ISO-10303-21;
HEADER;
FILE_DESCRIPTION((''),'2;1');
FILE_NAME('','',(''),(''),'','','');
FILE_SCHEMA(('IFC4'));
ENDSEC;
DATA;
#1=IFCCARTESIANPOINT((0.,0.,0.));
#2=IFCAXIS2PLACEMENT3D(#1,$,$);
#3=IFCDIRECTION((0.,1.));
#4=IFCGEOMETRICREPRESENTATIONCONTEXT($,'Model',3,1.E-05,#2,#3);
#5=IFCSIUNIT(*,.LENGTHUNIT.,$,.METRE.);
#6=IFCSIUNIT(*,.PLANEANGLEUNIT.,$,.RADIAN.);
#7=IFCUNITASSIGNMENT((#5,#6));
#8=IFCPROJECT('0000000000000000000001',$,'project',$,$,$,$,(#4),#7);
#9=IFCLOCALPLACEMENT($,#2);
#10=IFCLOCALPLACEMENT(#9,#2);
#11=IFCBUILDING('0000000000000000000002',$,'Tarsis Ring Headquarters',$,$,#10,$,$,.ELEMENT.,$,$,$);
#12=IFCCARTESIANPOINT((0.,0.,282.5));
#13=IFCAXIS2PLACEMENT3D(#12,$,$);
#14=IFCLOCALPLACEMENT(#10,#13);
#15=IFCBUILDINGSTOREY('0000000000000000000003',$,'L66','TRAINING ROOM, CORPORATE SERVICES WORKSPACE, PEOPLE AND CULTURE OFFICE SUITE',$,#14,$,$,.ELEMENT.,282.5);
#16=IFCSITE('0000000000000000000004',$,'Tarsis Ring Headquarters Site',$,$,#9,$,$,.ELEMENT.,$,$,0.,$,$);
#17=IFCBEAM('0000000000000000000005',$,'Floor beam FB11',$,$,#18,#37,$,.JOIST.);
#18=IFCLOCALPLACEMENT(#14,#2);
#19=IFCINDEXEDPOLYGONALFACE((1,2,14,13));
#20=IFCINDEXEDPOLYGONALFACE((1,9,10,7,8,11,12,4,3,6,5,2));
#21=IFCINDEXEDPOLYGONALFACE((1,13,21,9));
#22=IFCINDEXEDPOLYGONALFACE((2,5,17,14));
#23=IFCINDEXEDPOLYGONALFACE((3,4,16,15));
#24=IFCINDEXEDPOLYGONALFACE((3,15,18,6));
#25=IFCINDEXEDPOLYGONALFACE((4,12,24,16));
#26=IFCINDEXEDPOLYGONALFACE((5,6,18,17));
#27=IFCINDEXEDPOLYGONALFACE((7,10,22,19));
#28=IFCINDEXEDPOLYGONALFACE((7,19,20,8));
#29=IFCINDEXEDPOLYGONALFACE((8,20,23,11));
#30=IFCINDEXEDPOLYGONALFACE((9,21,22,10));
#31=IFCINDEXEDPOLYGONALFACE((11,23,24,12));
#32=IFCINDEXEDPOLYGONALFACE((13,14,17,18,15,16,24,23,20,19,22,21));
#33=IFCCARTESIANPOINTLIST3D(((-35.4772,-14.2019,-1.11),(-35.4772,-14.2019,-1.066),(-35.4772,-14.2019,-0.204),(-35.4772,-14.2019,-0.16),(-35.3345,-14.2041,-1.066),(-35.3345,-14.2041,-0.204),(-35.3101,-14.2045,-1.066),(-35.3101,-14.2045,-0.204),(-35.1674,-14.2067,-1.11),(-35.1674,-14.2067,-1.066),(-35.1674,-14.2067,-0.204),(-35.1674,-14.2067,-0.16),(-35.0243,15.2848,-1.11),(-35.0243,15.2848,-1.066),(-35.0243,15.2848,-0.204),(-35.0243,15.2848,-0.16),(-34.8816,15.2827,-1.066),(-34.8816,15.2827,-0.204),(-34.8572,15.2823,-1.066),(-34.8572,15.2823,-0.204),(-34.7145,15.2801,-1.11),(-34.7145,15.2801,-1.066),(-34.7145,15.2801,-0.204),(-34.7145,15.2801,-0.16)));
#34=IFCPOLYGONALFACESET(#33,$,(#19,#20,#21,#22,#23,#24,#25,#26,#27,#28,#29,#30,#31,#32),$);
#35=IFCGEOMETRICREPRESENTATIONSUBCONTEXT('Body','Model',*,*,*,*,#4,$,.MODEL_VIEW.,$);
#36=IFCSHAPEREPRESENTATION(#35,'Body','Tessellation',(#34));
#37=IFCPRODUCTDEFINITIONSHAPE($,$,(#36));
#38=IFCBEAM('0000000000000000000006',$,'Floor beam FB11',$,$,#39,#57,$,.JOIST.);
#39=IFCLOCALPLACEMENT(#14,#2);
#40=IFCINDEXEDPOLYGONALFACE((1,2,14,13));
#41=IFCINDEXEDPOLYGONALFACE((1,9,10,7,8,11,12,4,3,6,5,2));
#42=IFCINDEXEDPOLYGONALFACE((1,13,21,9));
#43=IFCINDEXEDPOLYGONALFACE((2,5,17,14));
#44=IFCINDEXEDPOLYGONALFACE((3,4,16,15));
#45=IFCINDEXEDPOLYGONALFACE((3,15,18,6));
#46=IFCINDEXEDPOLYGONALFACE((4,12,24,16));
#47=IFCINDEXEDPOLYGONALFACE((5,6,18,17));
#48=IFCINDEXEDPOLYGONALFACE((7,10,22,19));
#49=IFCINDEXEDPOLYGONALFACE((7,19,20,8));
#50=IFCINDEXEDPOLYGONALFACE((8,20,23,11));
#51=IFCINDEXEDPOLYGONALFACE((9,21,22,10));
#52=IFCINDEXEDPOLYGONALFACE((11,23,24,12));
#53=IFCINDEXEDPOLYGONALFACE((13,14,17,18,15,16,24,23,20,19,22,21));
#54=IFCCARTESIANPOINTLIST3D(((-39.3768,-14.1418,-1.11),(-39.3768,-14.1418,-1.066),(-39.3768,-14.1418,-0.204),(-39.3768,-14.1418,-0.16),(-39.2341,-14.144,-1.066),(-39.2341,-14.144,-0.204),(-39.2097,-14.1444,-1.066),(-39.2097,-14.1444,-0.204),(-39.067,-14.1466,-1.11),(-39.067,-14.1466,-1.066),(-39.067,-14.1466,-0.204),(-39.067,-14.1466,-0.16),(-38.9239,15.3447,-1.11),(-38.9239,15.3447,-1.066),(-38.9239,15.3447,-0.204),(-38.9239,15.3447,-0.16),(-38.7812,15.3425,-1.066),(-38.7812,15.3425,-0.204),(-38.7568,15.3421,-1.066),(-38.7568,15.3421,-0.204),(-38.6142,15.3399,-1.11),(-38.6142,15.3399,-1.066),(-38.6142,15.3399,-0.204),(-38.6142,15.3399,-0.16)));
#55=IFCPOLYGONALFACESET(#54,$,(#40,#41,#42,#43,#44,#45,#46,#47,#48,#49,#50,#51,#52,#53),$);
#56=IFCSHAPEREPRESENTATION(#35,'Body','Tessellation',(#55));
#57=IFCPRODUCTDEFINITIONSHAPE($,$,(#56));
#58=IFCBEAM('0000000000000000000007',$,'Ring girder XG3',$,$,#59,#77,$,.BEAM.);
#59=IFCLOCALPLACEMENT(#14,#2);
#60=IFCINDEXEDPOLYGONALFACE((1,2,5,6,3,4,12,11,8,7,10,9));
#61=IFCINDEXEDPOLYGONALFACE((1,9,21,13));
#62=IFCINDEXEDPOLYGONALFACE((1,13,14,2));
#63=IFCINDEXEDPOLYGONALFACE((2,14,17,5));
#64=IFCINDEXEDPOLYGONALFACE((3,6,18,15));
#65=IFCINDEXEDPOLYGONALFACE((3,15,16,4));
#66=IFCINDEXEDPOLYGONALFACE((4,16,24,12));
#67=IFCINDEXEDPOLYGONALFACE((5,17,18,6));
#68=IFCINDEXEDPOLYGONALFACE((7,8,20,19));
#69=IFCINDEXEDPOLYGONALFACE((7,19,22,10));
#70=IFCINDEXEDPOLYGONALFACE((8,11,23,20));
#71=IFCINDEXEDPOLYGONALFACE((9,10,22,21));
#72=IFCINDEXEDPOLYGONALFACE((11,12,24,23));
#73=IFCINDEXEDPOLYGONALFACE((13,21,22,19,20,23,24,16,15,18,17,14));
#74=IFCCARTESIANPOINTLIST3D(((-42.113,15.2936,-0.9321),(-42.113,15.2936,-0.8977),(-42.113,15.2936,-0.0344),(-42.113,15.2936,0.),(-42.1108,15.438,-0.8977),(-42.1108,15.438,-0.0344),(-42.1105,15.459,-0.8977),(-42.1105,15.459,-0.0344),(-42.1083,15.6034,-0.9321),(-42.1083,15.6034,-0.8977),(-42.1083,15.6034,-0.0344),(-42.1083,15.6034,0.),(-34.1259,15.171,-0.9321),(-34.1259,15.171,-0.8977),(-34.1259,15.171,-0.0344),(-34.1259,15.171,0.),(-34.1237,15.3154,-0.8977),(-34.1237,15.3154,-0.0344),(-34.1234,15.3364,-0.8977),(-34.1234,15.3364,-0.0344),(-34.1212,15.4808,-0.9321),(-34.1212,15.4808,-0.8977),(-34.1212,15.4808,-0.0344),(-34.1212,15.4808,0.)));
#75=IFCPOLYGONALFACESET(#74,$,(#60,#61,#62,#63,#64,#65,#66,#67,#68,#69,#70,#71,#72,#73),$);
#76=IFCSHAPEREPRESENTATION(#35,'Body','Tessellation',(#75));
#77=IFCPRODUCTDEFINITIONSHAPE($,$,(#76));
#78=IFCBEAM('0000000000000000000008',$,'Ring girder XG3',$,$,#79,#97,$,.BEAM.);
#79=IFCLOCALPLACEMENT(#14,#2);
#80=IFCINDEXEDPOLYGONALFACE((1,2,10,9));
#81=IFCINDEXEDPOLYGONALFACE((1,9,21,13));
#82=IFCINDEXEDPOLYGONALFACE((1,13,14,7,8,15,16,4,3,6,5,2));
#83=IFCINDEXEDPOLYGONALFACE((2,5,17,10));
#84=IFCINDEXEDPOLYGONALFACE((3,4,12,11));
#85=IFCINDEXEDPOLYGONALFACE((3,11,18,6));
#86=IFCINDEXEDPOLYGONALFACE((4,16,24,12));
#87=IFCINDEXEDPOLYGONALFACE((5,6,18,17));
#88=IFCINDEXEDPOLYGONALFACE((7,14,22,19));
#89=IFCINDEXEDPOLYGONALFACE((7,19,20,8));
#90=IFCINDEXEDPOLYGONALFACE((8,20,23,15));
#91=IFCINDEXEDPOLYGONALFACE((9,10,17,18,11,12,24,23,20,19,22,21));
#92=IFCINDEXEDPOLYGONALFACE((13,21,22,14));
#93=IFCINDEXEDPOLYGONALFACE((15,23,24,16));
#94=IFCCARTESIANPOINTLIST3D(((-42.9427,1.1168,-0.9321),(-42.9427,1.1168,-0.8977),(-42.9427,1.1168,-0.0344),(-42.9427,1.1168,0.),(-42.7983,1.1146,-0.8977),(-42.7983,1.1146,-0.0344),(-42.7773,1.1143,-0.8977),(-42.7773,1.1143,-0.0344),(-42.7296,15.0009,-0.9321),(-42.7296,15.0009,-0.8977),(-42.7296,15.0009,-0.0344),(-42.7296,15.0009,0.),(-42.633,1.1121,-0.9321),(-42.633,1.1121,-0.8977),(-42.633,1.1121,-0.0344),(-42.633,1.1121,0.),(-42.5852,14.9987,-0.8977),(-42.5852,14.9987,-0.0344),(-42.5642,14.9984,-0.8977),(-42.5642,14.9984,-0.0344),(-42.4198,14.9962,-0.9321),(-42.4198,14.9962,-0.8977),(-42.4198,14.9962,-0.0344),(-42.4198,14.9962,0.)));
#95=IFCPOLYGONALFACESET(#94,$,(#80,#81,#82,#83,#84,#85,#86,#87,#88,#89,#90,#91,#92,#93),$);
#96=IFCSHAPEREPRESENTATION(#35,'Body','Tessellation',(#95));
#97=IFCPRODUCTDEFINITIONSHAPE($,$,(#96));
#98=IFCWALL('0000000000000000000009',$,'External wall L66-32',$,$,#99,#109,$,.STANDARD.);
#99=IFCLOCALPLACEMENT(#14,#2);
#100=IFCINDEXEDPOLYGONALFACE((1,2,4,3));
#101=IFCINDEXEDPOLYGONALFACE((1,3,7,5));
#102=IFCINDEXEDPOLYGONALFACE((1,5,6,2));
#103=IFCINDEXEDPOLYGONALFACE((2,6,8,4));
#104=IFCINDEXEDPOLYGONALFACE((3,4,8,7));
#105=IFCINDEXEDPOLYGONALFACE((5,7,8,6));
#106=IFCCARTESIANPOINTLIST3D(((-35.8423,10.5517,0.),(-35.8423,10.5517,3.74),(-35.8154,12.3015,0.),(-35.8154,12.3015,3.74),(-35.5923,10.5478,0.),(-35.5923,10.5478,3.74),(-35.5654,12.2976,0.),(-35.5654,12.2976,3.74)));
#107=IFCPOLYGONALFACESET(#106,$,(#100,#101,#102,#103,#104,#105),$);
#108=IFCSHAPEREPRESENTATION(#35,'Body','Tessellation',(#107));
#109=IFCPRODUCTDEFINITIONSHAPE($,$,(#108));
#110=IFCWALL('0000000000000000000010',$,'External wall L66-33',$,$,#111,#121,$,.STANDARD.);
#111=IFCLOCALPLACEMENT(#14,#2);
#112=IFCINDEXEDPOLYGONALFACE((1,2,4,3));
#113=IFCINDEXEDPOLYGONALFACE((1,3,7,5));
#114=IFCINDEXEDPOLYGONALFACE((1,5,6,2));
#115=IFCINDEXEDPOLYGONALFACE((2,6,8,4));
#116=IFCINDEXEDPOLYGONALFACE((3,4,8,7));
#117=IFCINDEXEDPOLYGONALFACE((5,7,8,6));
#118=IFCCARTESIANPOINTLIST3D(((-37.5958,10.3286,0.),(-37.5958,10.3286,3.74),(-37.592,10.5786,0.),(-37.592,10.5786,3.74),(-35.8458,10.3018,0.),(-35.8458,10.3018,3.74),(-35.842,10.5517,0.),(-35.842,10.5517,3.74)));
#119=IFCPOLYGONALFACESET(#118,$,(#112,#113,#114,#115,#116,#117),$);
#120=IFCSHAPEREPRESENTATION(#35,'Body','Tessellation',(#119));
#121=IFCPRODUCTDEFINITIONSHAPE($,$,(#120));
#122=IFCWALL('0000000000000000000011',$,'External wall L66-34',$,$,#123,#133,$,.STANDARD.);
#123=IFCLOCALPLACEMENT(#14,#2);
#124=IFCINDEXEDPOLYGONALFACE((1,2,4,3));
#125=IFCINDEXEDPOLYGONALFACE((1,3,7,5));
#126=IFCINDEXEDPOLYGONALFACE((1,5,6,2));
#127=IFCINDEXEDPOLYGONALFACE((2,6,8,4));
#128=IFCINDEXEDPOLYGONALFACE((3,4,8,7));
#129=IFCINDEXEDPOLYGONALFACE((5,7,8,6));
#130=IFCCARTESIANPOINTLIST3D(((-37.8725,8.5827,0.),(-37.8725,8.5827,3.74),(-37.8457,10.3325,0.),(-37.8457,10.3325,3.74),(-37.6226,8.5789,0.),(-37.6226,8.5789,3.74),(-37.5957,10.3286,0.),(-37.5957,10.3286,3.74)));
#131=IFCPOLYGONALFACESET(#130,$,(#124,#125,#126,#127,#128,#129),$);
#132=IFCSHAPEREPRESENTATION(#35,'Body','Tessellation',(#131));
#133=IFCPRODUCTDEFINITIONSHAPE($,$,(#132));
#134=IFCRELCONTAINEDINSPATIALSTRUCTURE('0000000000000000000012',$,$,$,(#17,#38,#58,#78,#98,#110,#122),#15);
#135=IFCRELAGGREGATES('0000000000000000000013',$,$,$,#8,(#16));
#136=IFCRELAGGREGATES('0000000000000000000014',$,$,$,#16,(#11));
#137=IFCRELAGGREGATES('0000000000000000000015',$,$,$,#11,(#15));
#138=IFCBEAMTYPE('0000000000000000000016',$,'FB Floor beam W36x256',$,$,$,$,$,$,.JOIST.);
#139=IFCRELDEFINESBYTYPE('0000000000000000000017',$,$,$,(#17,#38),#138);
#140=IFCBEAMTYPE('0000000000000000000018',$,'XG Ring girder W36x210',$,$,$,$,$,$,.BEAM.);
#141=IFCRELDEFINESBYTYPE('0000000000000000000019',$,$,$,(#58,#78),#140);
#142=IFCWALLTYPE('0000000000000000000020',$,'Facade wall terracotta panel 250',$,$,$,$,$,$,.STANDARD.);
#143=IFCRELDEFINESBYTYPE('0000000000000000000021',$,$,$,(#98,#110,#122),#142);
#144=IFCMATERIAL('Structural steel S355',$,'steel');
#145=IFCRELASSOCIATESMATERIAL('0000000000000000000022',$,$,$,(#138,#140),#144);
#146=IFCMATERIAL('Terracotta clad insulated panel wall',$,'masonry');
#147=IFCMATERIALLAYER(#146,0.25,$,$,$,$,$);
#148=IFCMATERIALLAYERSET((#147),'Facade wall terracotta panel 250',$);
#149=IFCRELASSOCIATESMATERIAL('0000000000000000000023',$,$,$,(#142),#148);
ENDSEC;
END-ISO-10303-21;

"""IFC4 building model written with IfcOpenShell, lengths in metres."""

from ifc_helpers import new_model, si_unit, direction, frame, frame_2d, origin, origin_2d, place, context, subcontext, project, spatial, rectangle, i_section, extrude, material, layer, layer_set, material_profile, profile_set, type_object, element, save


model = new_model("IFC4")

# Units and contexts
model_context = context("Model", 3, precision=1e-05, world=origin(), true_north=direction((0.0, 1.0)))
body_context = subcontext(model_context, "Body", "Model", "MODEL_VIEW")
ifc_project = project(units=[si_unit("LENGTHUNIT", "METRE"), si_unit("PLANEANGLEUNIT", "RADIAN")], contexts=[model_context])

# Site, building, storey
site_placement = place(None, origin())
site = spatial("IfcSite", under=ifc_project, at=site_placement, Name="Tarsis Ring Headquarters Site", CompositionType="ELEMENT", RefElevation=0.0)
building_placement = place(site_placement, origin())
building = spatial("IfcBuilding", under=site, at=building_placement, Name="Tarsis Ring Headquarters", CompositionType="ELEMENT")
storey_placement = place(building_placement, frame((0.0, 0.0, 282.5)))
storey = spatial("IfcBuildingStorey", under=building, at=storey_placement, Name="L66", Description="TRAINING ROOM, CORPORATE SERVICES WORKSPACE, PEOPLE AND CULTURE OFFICE SUITE", CompositionType="ELEMENT", Elevation=282.5)

# Shared definitions
ifc_material_1 = material(Name="Structural steel S355", Category="steel")

# Beams
ifc_material_profile_1 = material_profile(ifc_material_1, i_section(OverallWidth=0.3098, OverallDepth=0.95, WebThickness=0.0244, FlangeThickness=0.0439, at=origin_2d()), Name="W36x256")
ifc_profile_set_1 = profile_set([ifc_material_profile_1], Name="Structural steel S355")
beam_type_1 = type_object("IfcBeamType", Name="FB Floor beam W36x256", PredefinedType="JOIST", material=ifc_profile_set_1)
beam_1_placement = place(storey_placement, frame((-34.8694, 15.2825, -0.635), z_axis=(-0.015357, -0.999882, 0.0), x_axis=(0.999882, -0.015357, 0.0)))
element("IfcBeam", 1, at=beam_1_placement, inside=storey, type_object=beam_type_1, Name="Floor beam FB11", PredefinedType="JOIST", context=body_context, shape_type="SweptSolid", body=[
    extrude(i_section(OverallWidth=0.3098, OverallDepth=0.95, WebThickness=0.0244, FlangeThickness=0.0439, at=origin_2d()), origin(), (0.0, 0.0, 1.0), 29.4902),
])
beam_2_placement = place(storey_placement, frame((-38.769, 15.3423, -0.635), z_axis=(-0.015357, -0.999882, 0.0), x_axis=(0.999882, -0.015357, 0.0)))
element("IfcBeam", 2, at=beam_2_placement, inside=storey, type_object=beam_type_1, Name="Floor beam FB11", PredefinedType="JOIST", context=body_context, shape_type="SweptSolid", body=[
    extrude(i_section(OverallWidth=0.3098, OverallDepth=0.95, WebThickness=0.0244, FlangeThickness=0.0439, at=origin_2d()), origin(), (0.0, 0.0, 1.0), 29.49),
])
ifc_material_profile_2 = material_profile(ifc_material_1, i_section(OverallWidth=0.3098, OverallDepth=0.9321, WebThickness=0.021, FlangeThickness=0.0344, at=origin_2d()), Name="W36x210")
ifc_profile_set_2 = profile_set([ifc_material_profile_2], Name="Structural steel S355")
beam_type_2 = type_object("IfcBeamType", Name="XG Ring girder W36x210", PredefinedType="BEAM", material=ifc_profile_set_2)
beam_3_placement = place(storey_placement, frame((-34.1235, 15.3259, -0.4661), z_axis=(-0.999882, 0.015343, 0.0), x_axis=(-0.015343, -0.999882, 0.0)))
element("IfcBeam", 3, at=beam_3_placement, inside=storey, type_object=beam_type_2, Name="Ring girder XG3", PredefinedType="BEAM", context=body_context, shape_type="SweptSolid", body=[
    extrude(i_section(OverallWidth=0.3098, OverallDepth=0.9321, WebThickness=0.021, FlangeThickness=0.0344, at=origin_2d()), origin(), (0.0, 0.0, 1.0), 7.988),
])
beam_4_placement = place(storey_placement, frame((-42.5747, 14.9985, -0.4661), z_axis=(-0.015349, -0.999882, 0.0), x_axis=(0.999882, -0.015349, 0.0)))
element("IfcBeam", 4, at=beam_4_placement, inside=storey, type_object=beam_type_2, Name="Ring girder XG3", PredefinedType="BEAM", context=body_context, shape_type="SweptSolid", body=[
    extrude(i_section(OverallWidth=0.3098, OverallDepth=0.9321, WebThickness=0.021, FlangeThickness=0.0344, at=origin_2d()), origin(), (0.0, 0.0, 1.0), 13.8857),
])

# Walls
ifc_material_2 = material(Name="Terracotta clad insulated panel wall", Category="masonry")
ifc_layer = layer(ifc_material_2, 0.25)
ifc_layer_set = layer_set([ifc_layer], Name="Facade wall terracotta panel 250")
wall_type = type_object("IfcWallType", Name="Facade wall terracotta panel 250", PredefinedType="STANDARD", material=ifc_layer_set)
wall_1_placement = place(storey_placement, frame((-35.6904, 12.2996, 0.0), z_axis=(0.0, 0.0, 1.0), x_axis=(-0.015346, -0.999882, 0.0)))
element("IfcWall", 5, at=wall_1_placement, inside=storey, type_object=wall_type, Name="External wall L66-32", PredefinedType="STANDARD", context=body_context, shape_type="SweptSolid", body=[
    extrude(rectangle(XDim=1.75, YDim=0.25, at=frame_2d((0.875, 0.0))), origin(), (0.0, 0.0, 1.0), 3.74),
])
wall_2_placement = place(storey_placement, frame((-35.844, 10.4268, 0.0), z_axis=(0.0, 0.0, 1.0), x_axis=(-0.999882, 0.015344, 0.0)))
element("IfcWall", 6, at=wall_2_placement, inside=storey, type_object=wall_type, Name="External wall L66-33", PredefinedType="STANDARD", context=body_context, shape_type="SweptSolid", body=[
    extrude(rectangle(XDim=1.7502, YDim=0.25, at=frame_2d((0.875, 0.0))), origin(), (0.0, 0.0, 1.0), 3.74),
])
wall_3_placement = place(storey_placement, frame((-37.7207, 10.3306, 0.0), z_axis=(0.0, 0.0, 1.0), x_axis=(-0.015346, -0.999882, 0.0)))
element("IfcWall", 7, at=wall_3_placement, inside=storey, type_object=wall_type, Name="External wall L66-34", PredefinedType="STANDARD", context=body_context, shape_type="SweptSolid", body=[
    extrude(rectangle(XDim=1.75, YDim=0.25, at=frame_2d((0.875, 0.0))), origin(), (0.0, 0.0, 1.0), 3.74),
])

save(model, "model.ifc")
